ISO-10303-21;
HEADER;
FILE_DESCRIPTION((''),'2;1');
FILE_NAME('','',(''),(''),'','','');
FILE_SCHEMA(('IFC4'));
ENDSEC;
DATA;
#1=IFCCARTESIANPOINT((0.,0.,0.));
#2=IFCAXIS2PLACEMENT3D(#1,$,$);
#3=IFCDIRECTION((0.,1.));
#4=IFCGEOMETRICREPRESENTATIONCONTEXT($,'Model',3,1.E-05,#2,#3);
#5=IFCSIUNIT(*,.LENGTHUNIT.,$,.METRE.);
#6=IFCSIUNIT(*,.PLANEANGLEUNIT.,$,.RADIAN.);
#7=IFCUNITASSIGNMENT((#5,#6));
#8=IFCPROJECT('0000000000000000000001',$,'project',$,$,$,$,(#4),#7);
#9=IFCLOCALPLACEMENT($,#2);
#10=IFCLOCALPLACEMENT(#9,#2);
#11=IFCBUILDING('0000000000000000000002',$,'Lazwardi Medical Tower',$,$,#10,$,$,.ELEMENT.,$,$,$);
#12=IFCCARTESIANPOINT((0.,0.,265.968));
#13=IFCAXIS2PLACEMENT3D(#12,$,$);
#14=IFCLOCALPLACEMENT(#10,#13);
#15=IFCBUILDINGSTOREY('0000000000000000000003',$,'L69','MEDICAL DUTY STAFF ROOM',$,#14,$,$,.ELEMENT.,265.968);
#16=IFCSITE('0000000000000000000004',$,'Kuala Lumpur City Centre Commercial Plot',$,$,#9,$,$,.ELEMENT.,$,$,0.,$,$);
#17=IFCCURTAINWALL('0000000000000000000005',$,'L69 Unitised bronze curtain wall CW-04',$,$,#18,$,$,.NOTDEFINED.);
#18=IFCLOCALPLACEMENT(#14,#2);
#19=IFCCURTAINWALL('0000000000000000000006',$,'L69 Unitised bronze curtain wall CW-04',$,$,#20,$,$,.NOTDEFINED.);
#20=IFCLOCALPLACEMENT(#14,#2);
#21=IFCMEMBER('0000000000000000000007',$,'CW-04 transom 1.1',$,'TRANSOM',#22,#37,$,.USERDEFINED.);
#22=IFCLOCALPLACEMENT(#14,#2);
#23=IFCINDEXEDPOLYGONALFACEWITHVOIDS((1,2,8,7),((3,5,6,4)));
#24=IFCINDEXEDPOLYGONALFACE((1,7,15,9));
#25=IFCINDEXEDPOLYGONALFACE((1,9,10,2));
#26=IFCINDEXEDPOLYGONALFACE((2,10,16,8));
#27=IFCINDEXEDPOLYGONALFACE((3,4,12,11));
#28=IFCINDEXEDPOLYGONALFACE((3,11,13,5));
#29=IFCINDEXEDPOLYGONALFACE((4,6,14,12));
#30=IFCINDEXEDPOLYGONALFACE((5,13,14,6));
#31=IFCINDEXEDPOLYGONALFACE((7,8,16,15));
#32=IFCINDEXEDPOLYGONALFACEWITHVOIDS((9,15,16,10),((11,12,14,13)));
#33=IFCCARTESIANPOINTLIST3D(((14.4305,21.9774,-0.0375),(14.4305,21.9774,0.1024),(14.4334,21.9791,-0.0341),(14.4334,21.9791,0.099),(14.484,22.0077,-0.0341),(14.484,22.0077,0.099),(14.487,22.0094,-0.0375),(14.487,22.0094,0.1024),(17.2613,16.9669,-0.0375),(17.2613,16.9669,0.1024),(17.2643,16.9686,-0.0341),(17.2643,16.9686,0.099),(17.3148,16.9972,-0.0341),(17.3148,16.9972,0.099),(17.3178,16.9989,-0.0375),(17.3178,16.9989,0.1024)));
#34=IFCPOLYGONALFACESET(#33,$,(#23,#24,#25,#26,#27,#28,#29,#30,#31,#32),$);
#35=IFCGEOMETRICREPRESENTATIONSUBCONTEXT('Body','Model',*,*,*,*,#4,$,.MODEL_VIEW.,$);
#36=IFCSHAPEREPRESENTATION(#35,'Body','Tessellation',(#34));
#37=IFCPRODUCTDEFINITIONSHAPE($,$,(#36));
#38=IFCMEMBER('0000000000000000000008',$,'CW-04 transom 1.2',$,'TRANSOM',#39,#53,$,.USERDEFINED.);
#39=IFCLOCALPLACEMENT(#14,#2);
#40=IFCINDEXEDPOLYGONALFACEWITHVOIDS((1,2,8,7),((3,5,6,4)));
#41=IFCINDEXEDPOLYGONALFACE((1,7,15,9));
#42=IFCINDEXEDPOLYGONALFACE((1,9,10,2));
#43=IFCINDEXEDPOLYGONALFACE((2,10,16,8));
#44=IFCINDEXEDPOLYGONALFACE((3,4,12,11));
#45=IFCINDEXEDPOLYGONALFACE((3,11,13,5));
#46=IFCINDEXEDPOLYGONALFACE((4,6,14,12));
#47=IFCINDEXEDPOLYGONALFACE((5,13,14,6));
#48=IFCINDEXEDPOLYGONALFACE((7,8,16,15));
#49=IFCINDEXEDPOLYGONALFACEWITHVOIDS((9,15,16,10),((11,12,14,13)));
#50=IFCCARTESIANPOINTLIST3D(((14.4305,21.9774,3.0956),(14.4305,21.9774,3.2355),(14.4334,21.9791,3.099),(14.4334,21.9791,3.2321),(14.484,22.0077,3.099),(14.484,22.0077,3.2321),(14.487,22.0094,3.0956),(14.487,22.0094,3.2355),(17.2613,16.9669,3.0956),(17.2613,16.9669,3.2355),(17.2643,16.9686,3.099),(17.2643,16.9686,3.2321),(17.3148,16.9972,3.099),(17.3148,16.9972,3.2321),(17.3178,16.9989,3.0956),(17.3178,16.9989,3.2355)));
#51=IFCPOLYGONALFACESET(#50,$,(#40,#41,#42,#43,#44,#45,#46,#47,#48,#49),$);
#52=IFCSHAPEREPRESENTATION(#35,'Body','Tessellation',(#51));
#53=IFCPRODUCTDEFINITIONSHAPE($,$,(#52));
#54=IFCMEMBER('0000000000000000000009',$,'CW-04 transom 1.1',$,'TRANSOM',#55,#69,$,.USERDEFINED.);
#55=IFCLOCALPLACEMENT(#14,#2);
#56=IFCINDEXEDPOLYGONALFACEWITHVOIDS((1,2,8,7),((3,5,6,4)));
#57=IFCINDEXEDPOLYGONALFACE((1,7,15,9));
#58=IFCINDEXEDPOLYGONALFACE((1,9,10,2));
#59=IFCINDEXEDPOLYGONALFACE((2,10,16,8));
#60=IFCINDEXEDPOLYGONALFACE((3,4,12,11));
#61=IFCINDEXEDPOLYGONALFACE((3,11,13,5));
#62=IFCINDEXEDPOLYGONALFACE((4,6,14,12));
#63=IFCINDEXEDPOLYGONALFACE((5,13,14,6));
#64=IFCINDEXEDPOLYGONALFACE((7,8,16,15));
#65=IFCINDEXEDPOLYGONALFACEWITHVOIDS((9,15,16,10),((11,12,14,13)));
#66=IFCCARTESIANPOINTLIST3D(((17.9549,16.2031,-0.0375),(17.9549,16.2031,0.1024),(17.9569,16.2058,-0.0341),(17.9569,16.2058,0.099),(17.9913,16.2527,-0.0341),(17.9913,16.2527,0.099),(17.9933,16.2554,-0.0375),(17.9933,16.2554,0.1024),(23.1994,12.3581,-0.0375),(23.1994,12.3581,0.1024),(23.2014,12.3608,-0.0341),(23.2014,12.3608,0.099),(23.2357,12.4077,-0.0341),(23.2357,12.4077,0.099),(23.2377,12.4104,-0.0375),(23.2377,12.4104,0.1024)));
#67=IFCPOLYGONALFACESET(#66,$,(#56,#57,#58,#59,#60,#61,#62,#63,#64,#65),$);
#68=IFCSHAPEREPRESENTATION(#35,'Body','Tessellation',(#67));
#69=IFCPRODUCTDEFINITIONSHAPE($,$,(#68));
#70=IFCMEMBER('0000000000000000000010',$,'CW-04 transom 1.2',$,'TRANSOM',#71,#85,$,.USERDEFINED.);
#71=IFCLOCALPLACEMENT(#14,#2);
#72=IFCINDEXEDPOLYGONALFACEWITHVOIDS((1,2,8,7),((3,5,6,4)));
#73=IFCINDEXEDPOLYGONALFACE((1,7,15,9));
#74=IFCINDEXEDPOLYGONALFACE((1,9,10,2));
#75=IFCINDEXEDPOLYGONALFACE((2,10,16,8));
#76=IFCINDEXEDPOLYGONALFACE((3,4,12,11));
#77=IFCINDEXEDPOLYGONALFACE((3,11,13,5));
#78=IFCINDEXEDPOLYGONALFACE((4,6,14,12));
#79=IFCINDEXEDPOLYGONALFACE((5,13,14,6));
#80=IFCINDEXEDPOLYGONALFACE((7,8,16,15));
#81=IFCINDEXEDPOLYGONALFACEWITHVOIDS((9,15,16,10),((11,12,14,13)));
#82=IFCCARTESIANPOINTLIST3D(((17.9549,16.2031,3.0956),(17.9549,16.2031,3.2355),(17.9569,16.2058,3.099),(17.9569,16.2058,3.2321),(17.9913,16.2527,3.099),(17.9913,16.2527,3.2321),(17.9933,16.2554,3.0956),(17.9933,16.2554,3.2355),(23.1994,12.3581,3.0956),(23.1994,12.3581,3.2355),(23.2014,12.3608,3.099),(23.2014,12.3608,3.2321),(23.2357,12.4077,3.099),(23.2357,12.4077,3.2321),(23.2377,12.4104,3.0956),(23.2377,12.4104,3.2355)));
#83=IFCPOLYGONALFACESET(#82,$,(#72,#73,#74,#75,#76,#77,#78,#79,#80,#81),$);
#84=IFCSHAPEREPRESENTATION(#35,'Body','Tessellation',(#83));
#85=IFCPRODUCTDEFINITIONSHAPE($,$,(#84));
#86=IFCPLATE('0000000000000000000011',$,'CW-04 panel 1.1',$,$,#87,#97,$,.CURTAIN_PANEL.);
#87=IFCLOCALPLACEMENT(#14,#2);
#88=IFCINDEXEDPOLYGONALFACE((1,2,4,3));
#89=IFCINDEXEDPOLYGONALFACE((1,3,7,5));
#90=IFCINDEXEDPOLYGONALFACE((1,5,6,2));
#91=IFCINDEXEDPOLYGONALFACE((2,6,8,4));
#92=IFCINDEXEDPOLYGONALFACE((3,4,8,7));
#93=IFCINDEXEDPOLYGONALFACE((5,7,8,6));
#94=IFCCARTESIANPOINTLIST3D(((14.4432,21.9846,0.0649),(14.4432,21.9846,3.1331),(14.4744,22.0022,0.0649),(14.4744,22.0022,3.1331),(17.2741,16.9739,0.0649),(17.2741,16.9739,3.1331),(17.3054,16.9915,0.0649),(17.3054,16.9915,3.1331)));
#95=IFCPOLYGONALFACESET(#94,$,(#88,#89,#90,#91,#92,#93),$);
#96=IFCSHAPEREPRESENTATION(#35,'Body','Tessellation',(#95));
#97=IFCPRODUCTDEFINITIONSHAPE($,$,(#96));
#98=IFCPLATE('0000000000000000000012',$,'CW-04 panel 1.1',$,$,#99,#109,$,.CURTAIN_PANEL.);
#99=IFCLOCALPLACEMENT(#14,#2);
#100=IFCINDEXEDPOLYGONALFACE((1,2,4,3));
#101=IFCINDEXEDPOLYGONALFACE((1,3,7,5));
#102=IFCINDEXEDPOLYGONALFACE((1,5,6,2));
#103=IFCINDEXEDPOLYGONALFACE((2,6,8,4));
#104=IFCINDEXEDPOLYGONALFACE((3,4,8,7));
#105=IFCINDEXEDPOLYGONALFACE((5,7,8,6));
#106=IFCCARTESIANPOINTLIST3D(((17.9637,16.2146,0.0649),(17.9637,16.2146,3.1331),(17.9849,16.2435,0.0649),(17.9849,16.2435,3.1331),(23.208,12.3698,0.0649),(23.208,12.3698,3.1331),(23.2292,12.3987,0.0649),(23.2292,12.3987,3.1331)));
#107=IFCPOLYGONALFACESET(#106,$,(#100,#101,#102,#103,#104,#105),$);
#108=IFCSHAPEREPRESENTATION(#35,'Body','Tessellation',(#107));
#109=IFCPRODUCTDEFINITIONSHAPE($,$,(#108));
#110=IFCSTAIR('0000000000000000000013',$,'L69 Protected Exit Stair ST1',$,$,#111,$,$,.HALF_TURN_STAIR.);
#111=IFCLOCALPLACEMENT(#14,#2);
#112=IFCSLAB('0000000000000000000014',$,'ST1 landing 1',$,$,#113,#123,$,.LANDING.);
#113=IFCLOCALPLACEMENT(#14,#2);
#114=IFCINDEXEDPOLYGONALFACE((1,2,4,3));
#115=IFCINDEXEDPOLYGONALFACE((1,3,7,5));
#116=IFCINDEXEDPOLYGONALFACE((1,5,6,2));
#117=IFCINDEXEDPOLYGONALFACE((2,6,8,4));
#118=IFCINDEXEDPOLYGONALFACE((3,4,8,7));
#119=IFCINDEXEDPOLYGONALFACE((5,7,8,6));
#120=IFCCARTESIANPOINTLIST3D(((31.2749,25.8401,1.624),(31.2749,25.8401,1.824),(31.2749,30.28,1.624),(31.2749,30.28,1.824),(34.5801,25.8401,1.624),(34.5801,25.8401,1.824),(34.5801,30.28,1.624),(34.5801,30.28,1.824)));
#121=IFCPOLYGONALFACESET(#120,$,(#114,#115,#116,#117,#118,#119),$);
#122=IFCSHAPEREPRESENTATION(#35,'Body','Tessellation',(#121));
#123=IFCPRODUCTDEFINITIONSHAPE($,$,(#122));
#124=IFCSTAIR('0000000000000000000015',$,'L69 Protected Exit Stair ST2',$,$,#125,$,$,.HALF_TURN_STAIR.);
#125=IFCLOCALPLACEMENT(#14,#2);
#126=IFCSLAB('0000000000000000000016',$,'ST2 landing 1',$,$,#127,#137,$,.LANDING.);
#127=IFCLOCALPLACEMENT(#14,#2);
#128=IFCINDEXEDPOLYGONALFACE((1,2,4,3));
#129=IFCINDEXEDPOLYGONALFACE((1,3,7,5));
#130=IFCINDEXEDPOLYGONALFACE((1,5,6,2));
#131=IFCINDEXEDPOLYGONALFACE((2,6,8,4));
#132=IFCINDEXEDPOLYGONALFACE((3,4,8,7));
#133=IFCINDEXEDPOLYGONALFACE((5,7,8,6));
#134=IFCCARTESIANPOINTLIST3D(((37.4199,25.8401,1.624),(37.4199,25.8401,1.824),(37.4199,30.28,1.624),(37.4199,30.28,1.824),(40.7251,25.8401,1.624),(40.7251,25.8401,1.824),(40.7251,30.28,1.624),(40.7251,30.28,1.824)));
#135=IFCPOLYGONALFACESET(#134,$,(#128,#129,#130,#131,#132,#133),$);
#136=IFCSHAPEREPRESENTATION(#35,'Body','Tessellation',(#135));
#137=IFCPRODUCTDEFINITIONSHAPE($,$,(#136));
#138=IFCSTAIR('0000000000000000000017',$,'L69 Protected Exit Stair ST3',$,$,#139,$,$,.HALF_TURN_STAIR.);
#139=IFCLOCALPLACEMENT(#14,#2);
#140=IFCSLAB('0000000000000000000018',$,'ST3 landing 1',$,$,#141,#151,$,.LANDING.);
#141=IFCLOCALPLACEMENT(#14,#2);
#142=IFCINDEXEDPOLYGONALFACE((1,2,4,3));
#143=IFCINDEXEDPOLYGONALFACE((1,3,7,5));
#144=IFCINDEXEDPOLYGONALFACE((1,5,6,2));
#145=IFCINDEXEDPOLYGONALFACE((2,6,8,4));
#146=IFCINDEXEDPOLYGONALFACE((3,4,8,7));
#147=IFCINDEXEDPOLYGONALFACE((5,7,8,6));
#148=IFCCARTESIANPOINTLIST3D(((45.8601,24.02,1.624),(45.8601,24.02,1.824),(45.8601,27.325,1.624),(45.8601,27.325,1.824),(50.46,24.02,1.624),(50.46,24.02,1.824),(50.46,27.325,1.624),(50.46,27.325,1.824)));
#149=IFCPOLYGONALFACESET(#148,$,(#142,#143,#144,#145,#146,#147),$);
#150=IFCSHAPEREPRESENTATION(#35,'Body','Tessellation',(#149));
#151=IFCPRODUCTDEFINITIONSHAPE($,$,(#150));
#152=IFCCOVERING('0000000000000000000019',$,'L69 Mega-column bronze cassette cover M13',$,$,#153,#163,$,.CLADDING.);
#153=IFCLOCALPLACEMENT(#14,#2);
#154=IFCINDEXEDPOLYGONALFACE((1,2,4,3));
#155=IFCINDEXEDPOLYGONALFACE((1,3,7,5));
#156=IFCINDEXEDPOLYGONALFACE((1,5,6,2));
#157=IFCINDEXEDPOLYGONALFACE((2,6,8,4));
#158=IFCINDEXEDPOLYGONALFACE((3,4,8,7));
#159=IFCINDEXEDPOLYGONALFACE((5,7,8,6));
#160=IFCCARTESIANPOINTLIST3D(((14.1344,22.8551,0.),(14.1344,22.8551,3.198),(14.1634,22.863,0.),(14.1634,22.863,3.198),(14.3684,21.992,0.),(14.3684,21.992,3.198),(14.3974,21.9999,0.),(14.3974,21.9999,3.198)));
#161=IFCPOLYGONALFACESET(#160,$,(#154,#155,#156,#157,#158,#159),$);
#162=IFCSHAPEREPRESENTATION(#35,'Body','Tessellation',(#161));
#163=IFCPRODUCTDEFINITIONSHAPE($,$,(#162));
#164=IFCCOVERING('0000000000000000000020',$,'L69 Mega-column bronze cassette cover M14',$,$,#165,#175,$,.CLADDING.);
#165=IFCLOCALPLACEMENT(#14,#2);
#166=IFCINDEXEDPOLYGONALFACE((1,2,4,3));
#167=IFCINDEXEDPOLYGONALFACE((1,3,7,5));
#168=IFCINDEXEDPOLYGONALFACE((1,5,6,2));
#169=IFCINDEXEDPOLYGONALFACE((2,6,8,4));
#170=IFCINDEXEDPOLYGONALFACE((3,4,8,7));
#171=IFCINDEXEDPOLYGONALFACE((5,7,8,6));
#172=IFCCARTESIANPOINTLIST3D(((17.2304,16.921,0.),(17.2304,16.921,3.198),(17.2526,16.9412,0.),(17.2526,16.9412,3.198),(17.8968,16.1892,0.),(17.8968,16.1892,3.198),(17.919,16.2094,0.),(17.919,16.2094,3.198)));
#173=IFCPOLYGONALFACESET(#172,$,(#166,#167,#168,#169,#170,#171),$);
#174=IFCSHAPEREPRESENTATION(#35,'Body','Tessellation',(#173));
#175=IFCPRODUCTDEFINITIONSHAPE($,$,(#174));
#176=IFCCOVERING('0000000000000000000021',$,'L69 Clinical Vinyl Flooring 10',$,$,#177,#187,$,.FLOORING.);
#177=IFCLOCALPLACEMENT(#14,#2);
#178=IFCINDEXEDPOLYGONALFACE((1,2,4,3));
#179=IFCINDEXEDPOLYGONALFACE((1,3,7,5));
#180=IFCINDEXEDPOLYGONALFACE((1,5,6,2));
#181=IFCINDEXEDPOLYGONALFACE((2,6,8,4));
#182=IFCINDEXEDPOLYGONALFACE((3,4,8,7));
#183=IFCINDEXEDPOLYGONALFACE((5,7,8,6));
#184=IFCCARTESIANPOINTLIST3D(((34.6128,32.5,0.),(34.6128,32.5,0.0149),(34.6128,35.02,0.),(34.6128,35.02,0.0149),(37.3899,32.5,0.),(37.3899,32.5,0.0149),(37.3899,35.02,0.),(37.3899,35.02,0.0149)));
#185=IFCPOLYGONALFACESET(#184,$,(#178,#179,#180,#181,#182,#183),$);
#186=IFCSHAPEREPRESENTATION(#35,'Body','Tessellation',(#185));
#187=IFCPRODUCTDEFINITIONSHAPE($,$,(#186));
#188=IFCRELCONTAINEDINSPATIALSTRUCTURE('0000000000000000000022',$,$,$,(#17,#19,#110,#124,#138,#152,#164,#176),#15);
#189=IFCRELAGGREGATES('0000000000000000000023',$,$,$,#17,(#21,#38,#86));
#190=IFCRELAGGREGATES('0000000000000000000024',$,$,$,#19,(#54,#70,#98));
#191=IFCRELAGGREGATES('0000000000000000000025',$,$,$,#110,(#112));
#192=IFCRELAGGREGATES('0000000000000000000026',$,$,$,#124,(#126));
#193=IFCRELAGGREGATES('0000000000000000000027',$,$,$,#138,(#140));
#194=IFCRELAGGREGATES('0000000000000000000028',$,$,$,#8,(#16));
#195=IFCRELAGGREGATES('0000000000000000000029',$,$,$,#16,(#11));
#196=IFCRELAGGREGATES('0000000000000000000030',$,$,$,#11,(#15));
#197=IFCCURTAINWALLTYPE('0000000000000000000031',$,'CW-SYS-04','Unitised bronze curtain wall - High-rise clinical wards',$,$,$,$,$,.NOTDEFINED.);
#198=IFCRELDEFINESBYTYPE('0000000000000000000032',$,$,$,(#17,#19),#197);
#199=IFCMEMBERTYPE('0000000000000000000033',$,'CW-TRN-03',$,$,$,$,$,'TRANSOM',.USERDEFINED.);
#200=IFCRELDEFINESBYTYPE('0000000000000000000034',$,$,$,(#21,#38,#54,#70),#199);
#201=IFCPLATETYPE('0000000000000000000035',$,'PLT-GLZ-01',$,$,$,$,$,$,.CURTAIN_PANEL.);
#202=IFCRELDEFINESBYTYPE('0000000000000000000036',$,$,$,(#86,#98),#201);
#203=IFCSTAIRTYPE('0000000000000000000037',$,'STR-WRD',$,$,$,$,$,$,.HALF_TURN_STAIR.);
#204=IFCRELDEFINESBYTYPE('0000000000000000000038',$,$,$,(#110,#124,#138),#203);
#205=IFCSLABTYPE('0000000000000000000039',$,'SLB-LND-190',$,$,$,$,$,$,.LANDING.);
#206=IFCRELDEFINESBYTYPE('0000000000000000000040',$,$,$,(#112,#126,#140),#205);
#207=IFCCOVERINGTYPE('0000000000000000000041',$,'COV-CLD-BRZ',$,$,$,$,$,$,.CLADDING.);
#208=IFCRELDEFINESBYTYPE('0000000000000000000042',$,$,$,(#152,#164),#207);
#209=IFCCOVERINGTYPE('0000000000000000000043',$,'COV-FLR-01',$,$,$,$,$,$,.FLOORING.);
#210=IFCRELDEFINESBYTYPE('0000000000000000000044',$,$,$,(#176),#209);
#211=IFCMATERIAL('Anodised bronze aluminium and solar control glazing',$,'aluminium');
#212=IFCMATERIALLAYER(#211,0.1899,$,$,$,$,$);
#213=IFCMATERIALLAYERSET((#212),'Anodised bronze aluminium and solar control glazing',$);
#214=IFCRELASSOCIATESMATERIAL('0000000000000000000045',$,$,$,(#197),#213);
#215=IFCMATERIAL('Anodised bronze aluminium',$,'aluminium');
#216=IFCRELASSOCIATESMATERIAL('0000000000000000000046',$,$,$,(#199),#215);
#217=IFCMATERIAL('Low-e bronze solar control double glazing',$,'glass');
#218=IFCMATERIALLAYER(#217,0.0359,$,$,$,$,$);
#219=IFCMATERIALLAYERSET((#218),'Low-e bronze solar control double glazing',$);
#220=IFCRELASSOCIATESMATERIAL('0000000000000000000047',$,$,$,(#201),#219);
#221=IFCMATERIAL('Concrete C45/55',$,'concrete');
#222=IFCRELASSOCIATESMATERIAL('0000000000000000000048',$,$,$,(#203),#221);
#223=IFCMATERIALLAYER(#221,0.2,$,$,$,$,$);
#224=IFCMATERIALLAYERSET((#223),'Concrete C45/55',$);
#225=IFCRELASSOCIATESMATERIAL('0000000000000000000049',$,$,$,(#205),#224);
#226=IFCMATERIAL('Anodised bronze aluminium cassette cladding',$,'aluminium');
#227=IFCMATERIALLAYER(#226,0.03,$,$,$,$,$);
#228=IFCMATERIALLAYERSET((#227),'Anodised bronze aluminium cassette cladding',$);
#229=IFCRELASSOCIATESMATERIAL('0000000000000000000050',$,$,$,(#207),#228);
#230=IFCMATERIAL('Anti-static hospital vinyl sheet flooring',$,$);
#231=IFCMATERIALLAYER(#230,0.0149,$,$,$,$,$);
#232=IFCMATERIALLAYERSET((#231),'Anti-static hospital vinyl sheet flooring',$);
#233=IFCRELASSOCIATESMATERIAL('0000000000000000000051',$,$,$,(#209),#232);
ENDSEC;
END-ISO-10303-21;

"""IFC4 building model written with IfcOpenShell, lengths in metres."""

from ifc_helpers import new_model, si_unit, direction, frame, origin, origin_2d, place, context, subcontext, project, spatial, polyline, rectangle, hollow_rectangle, outline, extrude, material, layer, layer_set, material_profile, profile_set, type_object, element, aggregate, save


model = new_model("IFC4")

# Units and contexts
model_context = context("Model", 3, precision=1e-05, world=origin(), true_north=direction((0.0, 1.0)))
body_context = subcontext(model_context, "Body", "Model", "MODEL_VIEW")
ifc_project = project(units=[si_unit("LENGTHUNIT", "METRE"), si_unit("PLANEANGLEUNIT", "RADIAN")], contexts=[model_context])

# Site, building, storey
site_placement = place(None, origin())
site = spatial("IfcSite", under=ifc_project, at=site_placement, Name="Kuala Lumpur City Centre Commercial Plot", CompositionType="ELEMENT", RefElevation=0.0)
building_placement = place(site_placement, origin())
building = spatial("IfcBuilding", under=site, at=building_placement, Name="Lazwardi Medical Tower", CompositionType="ELEMENT")
storey_placement = place(building_placement, frame((0.0, 0.0, 265.968)))
storey = spatial("IfcBuildingStorey", under=building, at=storey_placement, Name="L69", Description="MEDICAL DUTY STAFF ROOM", CompositionType="ELEMENT", Elevation=265.968)

# Curtain walls
ifc_material_1 = material(Name="Anodised bronze aluminium and solar control glazing", Category="aluminium")
ifc_layer_1 = layer(ifc_material_1, 0.1899)
ifc_layer_set_1 = layer_set([ifc_layer_1], Name="Anodised bronze aluminium and solar control glazing")
curtain_wall_type = type_object("IfcCurtainWallType", Name="CW-SYS-04", Description="Unitised bronze curtain wall - High-rise clinical wards", PredefinedType="NOTDEFINED", material=ifc_layer_set_1)
curtain_wall_1_placement = place(storey_placement, origin())
curtain_wall_1 = element("IfcCurtainWall", 1, at=curtain_wall_1_placement, inside=storey, type_object=curtain_wall_type, Name="L69 Unitised bronze curtain wall CW-04", PredefinedType="NOTDEFINED")
ifc_material_2 = material(Name="Anodised bronze aluminium", Category="aluminium")
curtain_wall_2_placement = place(storey_placement, origin())
curtain_wall_2 = element("IfcCurtainWall", 2, at=curtain_wall_2_placement, inside=storey, type_object=curtain_wall_type, Name="L69 Unitised bronze curtain wall CW-04", PredefinedType="NOTDEFINED")

# Members
ifc_material_profile_1 = material_profile(ifc_material_2, hollow_rectangle(XDim=0.0649, YDim=0.1399, WallThickness=0.0034, at=origin_2d()), Name="ALU-TRANSOM 140x65x3.5")
ifc_profile_set_1 = profile_set([ifc_material_profile_1], Name="Anodised bronze aluminium")
member_type_1 = type_object("IfcMemberType", Name="CW-TRN-03", ElementType="TRANSOM", PredefinedType="USERDEFINED", material=ifc_profile_set_1)
member_1_placement = place(storey_placement, frame((14.4587, 21.9934, 0.0325), z_axis=(0.491898, -0.870653, 0.0), x_axis=(0.870653, 0.491898, 0.0)))
member_1 = element("IfcMember", 3, at=member_1_placement, type_object=member_type_1, Name="CW-04 transom 1.1", ObjectType="TRANSOM", PredefinedType="USERDEFINED", context=body_context, shape_type="SweptSolid", body=[
    extrude(hollow_rectangle(XDim=0.0649, YDim=0.1399, WallThickness=0.0034, at=origin_2d()), origin(), (0.0, 0.0, 1.0), 5.7549),
])
member_2_placement = place(storey_placement, frame((14.4587, 21.9934, 3.1655), z_axis=(0.491898, -0.870653, 0.0), x_axis=(0.870653, 0.491898, 0.0)))
member_2 = element("IfcMember", 4, at=member_2_placement, type_object=member_type_1, Name="CW-04 transom 1.2", ObjectType="TRANSOM", PredefinedType="USERDEFINED", context=body_context, shape_type="SweptSolid", body=[
    extrude(hollow_rectangle(XDim=0.0649, YDim=0.1399, WallThickness=0.0034, at=origin_2d()), origin(), (0.0, 0.0, 1.0), 5.7549),
])
member_3_placement = place(storey_placement, frame((17.9741, 16.2292, 0.0325), z_axis=(0.806472, -0.591273, 0.0), x_axis=(0.591273, 0.806472, 0.0)))
member_3 = element("IfcMember", 5, at=member_3_placement, type_object=member_type_1, Name="CW-04 transom 1.1", ObjectType="TRANSOM", PredefinedType="USERDEFINED", context=body_context, shape_type="SweptSolid", body=[
    extrude(hollow_rectangle(XDim=0.0649, YDim=0.1399, WallThickness=0.0034, at=origin_2d()), origin(), (0.0, 0.0, 1.0), 6.5029),
])
member_4_placement = place(storey_placement, frame((17.9741, 16.2292, 3.1655), z_axis=(0.806472, -0.591273, 0.0), x_axis=(0.591273, 0.806472, 0.0)))
member_4 = element("IfcMember", 6, at=member_4_placement, type_object=member_type_1, Name="CW-04 transom 1.2", ObjectType="TRANSOM", PredefinedType="USERDEFINED", context=body_context, shape_type="SweptSolid", body=[
    extrude(hollow_rectangle(XDim=0.0649, YDim=0.1399, WallThickness=0.0034, at=origin_2d()), origin(), (0.0, 0.0, 1.0), 6.5029),
])

# Plates
ifc_material_3 = material(Name="Low-e bronze solar control double glazing", Category="glass")
ifc_layer_2 = layer(ifc_material_3, 0.0359)
ifc_layer_set_2 = layer_set([ifc_layer_2], Name="Low-e bronze solar control double glazing")
plate_type = type_object("IfcPlateType", Name="PLT-GLZ-01", PredefinedType="CURTAIN_PANEL", material=ifc_layer_set_2)
plate_1_placement = place(storey_placement, frame((15.8743, 19.488, 0.0649), z_axis=(0.0, 0.0, 1.0), x_axis=(0.4919, -0.870651, 0.0)))
plate_1 = element("IfcPlate", 7, at=plate_1_placement, type_object=plate_type, Name="CW-04 panel 1.1", PredefinedType="CURTAIN_PANEL", context=body_context, shape_type="SweptSolid", body=[
    extrude(rectangle(XDim=5.7551, YDim=0.0359, at=origin_2d()), origin(), (0.0, 0.0, 1.0), 3.0681),
])
aggregate(curtain_wall_1, [member_1, member_2, plate_1])
plate_2_placement = place(storey_placement, frame((20.5964, 14.3066, 0.0649), z_axis=(0.0, 0.0, 1.0), x_axis=(0.806475, -0.591268, 0.0)))
plate_2 = element("IfcPlate", 8, at=plate_2_placement, type_object=plate_type, Name="CW-04 panel 1.1", PredefinedType="CURTAIN_PANEL", context=body_context, shape_type="SweptSolid", body=[
    extrude(rectangle(XDim=6.5027, YDim=0.0359, at=origin_2d()), origin(), (0.0, 0.0, 1.0), 3.0681),
])
aggregate(curtain_wall_2, [member_3, member_4, plate_2])

# Stairs, slabs
ifc_material_4 = material(Name="Concrete C45/55", Category="concrete")
stair_type = type_object("IfcStairType", Name="STR-WRD", PredefinedType="HALF_TURN_STAIR", material=ifc_material_4)
stair_1_placement = place(storey_placement, origin())
stair_1 = element("IfcStair", 9, at=stair_1_placement, inside=storey, type_object=stair_type, Name="L69 Protected Exit Stair ST1", PredefinedType="HALF_TURN_STAIR")
ifc_layer_3 = layer(ifc_material_4, 0.2)
ifc_layer_set_3 = layer_set([ifc_layer_3], Name="Concrete C45/55")
slab_type = type_object("IfcSlabType", Name="SLB-LND-190", PredefinedType="LANDING", material=ifc_layer_set_3)
slab_1_placement = place(storey_placement, frame((0.0, 0.0, 1.624)))
slab_1 = element("IfcSlab", 10, at=slab_1_placement, type_object=slab_type, Name="ST1 landing 1", PredefinedType="LANDING", context=body_context, shape_type="SweptSolid", body=[
    extrude(outline(polyline([(31.2749, 25.8401), (34.5801, 25.8401), (34.5801, 30.28), (31.2749, 30.28), (31.2749, 25.8401)])), origin(), (0.0, 0.0, 1.0), 0.2),
])
aggregate(stair_1, [slab_1])
stair_2_placement = place(storey_placement, origin())
stair_2 = element("IfcStair", 11, at=stair_2_placement, inside=storey, type_object=stair_type, Name="L69 Protected Exit Stair ST2", PredefinedType="HALF_TURN_STAIR")
slab_2_placement = place(storey_placement, frame((0.0, 0.0, 1.624)))
slab_2 = element("IfcSlab", 12, at=slab_2_placement, type_object=slab_type, Name="ST2 landing 1", PredefinedType="LANDING", context=body_context, shape_type="SweptSolid", body=[
    extrude(outline(polyline([(40.7251, 30.28), (37.4199, 30.28), (37.4199, 25.8401), (40.7251, 25.8401), (40.7251, 30.28)])), origin(), (0.0, 0.0, 1.0), 0.2),
])
aggregate(stair_2, [slab_2])
stair_3_placement = place(storey_placement, origin())
stair_3 = element("IfcStair", 13, at=stair_3_placement, inside=storey, type_object=stair_type, Name="L69 Protected Exit Stair ST3", PredefinedType="HALF_TURN_STAIR")
slab_3_placement = place(storey_placement, frame((0.0, 0.0, 1.624)))
slab_3 = element("IfcSlab", 14, at=slab_3_placement, type_object=slab_type, Name="ST3 landing 1", PredefinedType="LANDING", context=body_context, shape_type="SweptSolid", body=[
    extrude(outline(polyline([(45.8601, 27.325), (45.8601, 24.02), (50.46, 24.02), (50.46, 27.325), (45.8601, 27.325)])), origin(), (0.0, 0.0, 1.0), 0.2),
])
aggregate(stair_3, [slab_3])

# Coverings
ifc_material_5 = material(Name="Anodised bronze aluminium cassette cladding", Category="aluminium")
ifc_layer_4 = layer(ifc_material_5, 0.03)
ifc_layer_set_4 = layer_set([ifc_layer_4], Name="Anodised bronze aluminium cassette cladding")
covering_type_1 = type_object("IfcCoveringType", Name="COV-CLD-BRZ", PredefinedType="CLADDING", material=ifc_layer_set_4)
covering_1_placement = place(storey_placement, frame((14.2659, 22.4275, 0.0), z_axis=(0.0, 0.0, 1.0), x_axis=(0.261642, -0.965165, 0.0)))
element("IfcCovering", 15, at=covering_1_placement, inside=storey, type_object=covering_type_1, Name="L69 Mega-column bronze cassette cover M13", PredefinedType="CLADDING", context=body_context, shape_type="SweptSolid", body=[
    extrude(rectangle(XDim=0.8943, YDim=0.03, at=origin_2d()), origin(), (0.0, 0.0, 1.0), 3.198),
])
covering_2_placement = place(storey_placement, frame((17.5747, 16.5652, 0.0), z_axis=(0.0, 0.0, 1.0), x_axis=(0.673241, -0.739423, 0.0)))
element("IfcCovering", 16, at=covering_2_placement, inside=storey, type_object=covering_type_1, Name="L69 Mega-column bronze cassette cover M14", PredefinedType="CLADDING", context=body_context, shape_type="SweptSolid", body=[
    extrude(rectangle(XDim=0.9897, YDim=0.03, at=origin_2d()), origin(), (0.0, 0.0, 1.0), 3.198),
])
ifc_material_6 = material(Name="Anti-static hospital vinyl sheet flooring")
ifc_layer_5 = layer(ifc_material_6, 0.0149)
ifc_layer_set_5 = layer_set([ifc_layer_5], Name="Anti-static hospital vinyl sheet flooring")
covering_type_2 = type_object("IfcCoveringType", Name="COV-FLR-01", PredefinedType="FLOORING", material=ifc_layer_set_5)
covering_3_placement = place(storey_placement, origin())
element("IfcCovering", 17, at=covering_3_placement, inside=storey, type_object=covering_type_2, Name="L69 Clinical Vinyl Flooring 10", PredefinedType="FLOORING", context=body_context, shape_type="SweptSolid", body=[
    extrude(outline(polyline([(34.6128, 32.5), (37.3899, 32.5), (37.3899, 35.02), (34.6128, 35.02), (34.6128, 32.5)])), origin(), (0.0, 0.0, 1.0), 0.0149),
])

save(model, "model.ifc")
